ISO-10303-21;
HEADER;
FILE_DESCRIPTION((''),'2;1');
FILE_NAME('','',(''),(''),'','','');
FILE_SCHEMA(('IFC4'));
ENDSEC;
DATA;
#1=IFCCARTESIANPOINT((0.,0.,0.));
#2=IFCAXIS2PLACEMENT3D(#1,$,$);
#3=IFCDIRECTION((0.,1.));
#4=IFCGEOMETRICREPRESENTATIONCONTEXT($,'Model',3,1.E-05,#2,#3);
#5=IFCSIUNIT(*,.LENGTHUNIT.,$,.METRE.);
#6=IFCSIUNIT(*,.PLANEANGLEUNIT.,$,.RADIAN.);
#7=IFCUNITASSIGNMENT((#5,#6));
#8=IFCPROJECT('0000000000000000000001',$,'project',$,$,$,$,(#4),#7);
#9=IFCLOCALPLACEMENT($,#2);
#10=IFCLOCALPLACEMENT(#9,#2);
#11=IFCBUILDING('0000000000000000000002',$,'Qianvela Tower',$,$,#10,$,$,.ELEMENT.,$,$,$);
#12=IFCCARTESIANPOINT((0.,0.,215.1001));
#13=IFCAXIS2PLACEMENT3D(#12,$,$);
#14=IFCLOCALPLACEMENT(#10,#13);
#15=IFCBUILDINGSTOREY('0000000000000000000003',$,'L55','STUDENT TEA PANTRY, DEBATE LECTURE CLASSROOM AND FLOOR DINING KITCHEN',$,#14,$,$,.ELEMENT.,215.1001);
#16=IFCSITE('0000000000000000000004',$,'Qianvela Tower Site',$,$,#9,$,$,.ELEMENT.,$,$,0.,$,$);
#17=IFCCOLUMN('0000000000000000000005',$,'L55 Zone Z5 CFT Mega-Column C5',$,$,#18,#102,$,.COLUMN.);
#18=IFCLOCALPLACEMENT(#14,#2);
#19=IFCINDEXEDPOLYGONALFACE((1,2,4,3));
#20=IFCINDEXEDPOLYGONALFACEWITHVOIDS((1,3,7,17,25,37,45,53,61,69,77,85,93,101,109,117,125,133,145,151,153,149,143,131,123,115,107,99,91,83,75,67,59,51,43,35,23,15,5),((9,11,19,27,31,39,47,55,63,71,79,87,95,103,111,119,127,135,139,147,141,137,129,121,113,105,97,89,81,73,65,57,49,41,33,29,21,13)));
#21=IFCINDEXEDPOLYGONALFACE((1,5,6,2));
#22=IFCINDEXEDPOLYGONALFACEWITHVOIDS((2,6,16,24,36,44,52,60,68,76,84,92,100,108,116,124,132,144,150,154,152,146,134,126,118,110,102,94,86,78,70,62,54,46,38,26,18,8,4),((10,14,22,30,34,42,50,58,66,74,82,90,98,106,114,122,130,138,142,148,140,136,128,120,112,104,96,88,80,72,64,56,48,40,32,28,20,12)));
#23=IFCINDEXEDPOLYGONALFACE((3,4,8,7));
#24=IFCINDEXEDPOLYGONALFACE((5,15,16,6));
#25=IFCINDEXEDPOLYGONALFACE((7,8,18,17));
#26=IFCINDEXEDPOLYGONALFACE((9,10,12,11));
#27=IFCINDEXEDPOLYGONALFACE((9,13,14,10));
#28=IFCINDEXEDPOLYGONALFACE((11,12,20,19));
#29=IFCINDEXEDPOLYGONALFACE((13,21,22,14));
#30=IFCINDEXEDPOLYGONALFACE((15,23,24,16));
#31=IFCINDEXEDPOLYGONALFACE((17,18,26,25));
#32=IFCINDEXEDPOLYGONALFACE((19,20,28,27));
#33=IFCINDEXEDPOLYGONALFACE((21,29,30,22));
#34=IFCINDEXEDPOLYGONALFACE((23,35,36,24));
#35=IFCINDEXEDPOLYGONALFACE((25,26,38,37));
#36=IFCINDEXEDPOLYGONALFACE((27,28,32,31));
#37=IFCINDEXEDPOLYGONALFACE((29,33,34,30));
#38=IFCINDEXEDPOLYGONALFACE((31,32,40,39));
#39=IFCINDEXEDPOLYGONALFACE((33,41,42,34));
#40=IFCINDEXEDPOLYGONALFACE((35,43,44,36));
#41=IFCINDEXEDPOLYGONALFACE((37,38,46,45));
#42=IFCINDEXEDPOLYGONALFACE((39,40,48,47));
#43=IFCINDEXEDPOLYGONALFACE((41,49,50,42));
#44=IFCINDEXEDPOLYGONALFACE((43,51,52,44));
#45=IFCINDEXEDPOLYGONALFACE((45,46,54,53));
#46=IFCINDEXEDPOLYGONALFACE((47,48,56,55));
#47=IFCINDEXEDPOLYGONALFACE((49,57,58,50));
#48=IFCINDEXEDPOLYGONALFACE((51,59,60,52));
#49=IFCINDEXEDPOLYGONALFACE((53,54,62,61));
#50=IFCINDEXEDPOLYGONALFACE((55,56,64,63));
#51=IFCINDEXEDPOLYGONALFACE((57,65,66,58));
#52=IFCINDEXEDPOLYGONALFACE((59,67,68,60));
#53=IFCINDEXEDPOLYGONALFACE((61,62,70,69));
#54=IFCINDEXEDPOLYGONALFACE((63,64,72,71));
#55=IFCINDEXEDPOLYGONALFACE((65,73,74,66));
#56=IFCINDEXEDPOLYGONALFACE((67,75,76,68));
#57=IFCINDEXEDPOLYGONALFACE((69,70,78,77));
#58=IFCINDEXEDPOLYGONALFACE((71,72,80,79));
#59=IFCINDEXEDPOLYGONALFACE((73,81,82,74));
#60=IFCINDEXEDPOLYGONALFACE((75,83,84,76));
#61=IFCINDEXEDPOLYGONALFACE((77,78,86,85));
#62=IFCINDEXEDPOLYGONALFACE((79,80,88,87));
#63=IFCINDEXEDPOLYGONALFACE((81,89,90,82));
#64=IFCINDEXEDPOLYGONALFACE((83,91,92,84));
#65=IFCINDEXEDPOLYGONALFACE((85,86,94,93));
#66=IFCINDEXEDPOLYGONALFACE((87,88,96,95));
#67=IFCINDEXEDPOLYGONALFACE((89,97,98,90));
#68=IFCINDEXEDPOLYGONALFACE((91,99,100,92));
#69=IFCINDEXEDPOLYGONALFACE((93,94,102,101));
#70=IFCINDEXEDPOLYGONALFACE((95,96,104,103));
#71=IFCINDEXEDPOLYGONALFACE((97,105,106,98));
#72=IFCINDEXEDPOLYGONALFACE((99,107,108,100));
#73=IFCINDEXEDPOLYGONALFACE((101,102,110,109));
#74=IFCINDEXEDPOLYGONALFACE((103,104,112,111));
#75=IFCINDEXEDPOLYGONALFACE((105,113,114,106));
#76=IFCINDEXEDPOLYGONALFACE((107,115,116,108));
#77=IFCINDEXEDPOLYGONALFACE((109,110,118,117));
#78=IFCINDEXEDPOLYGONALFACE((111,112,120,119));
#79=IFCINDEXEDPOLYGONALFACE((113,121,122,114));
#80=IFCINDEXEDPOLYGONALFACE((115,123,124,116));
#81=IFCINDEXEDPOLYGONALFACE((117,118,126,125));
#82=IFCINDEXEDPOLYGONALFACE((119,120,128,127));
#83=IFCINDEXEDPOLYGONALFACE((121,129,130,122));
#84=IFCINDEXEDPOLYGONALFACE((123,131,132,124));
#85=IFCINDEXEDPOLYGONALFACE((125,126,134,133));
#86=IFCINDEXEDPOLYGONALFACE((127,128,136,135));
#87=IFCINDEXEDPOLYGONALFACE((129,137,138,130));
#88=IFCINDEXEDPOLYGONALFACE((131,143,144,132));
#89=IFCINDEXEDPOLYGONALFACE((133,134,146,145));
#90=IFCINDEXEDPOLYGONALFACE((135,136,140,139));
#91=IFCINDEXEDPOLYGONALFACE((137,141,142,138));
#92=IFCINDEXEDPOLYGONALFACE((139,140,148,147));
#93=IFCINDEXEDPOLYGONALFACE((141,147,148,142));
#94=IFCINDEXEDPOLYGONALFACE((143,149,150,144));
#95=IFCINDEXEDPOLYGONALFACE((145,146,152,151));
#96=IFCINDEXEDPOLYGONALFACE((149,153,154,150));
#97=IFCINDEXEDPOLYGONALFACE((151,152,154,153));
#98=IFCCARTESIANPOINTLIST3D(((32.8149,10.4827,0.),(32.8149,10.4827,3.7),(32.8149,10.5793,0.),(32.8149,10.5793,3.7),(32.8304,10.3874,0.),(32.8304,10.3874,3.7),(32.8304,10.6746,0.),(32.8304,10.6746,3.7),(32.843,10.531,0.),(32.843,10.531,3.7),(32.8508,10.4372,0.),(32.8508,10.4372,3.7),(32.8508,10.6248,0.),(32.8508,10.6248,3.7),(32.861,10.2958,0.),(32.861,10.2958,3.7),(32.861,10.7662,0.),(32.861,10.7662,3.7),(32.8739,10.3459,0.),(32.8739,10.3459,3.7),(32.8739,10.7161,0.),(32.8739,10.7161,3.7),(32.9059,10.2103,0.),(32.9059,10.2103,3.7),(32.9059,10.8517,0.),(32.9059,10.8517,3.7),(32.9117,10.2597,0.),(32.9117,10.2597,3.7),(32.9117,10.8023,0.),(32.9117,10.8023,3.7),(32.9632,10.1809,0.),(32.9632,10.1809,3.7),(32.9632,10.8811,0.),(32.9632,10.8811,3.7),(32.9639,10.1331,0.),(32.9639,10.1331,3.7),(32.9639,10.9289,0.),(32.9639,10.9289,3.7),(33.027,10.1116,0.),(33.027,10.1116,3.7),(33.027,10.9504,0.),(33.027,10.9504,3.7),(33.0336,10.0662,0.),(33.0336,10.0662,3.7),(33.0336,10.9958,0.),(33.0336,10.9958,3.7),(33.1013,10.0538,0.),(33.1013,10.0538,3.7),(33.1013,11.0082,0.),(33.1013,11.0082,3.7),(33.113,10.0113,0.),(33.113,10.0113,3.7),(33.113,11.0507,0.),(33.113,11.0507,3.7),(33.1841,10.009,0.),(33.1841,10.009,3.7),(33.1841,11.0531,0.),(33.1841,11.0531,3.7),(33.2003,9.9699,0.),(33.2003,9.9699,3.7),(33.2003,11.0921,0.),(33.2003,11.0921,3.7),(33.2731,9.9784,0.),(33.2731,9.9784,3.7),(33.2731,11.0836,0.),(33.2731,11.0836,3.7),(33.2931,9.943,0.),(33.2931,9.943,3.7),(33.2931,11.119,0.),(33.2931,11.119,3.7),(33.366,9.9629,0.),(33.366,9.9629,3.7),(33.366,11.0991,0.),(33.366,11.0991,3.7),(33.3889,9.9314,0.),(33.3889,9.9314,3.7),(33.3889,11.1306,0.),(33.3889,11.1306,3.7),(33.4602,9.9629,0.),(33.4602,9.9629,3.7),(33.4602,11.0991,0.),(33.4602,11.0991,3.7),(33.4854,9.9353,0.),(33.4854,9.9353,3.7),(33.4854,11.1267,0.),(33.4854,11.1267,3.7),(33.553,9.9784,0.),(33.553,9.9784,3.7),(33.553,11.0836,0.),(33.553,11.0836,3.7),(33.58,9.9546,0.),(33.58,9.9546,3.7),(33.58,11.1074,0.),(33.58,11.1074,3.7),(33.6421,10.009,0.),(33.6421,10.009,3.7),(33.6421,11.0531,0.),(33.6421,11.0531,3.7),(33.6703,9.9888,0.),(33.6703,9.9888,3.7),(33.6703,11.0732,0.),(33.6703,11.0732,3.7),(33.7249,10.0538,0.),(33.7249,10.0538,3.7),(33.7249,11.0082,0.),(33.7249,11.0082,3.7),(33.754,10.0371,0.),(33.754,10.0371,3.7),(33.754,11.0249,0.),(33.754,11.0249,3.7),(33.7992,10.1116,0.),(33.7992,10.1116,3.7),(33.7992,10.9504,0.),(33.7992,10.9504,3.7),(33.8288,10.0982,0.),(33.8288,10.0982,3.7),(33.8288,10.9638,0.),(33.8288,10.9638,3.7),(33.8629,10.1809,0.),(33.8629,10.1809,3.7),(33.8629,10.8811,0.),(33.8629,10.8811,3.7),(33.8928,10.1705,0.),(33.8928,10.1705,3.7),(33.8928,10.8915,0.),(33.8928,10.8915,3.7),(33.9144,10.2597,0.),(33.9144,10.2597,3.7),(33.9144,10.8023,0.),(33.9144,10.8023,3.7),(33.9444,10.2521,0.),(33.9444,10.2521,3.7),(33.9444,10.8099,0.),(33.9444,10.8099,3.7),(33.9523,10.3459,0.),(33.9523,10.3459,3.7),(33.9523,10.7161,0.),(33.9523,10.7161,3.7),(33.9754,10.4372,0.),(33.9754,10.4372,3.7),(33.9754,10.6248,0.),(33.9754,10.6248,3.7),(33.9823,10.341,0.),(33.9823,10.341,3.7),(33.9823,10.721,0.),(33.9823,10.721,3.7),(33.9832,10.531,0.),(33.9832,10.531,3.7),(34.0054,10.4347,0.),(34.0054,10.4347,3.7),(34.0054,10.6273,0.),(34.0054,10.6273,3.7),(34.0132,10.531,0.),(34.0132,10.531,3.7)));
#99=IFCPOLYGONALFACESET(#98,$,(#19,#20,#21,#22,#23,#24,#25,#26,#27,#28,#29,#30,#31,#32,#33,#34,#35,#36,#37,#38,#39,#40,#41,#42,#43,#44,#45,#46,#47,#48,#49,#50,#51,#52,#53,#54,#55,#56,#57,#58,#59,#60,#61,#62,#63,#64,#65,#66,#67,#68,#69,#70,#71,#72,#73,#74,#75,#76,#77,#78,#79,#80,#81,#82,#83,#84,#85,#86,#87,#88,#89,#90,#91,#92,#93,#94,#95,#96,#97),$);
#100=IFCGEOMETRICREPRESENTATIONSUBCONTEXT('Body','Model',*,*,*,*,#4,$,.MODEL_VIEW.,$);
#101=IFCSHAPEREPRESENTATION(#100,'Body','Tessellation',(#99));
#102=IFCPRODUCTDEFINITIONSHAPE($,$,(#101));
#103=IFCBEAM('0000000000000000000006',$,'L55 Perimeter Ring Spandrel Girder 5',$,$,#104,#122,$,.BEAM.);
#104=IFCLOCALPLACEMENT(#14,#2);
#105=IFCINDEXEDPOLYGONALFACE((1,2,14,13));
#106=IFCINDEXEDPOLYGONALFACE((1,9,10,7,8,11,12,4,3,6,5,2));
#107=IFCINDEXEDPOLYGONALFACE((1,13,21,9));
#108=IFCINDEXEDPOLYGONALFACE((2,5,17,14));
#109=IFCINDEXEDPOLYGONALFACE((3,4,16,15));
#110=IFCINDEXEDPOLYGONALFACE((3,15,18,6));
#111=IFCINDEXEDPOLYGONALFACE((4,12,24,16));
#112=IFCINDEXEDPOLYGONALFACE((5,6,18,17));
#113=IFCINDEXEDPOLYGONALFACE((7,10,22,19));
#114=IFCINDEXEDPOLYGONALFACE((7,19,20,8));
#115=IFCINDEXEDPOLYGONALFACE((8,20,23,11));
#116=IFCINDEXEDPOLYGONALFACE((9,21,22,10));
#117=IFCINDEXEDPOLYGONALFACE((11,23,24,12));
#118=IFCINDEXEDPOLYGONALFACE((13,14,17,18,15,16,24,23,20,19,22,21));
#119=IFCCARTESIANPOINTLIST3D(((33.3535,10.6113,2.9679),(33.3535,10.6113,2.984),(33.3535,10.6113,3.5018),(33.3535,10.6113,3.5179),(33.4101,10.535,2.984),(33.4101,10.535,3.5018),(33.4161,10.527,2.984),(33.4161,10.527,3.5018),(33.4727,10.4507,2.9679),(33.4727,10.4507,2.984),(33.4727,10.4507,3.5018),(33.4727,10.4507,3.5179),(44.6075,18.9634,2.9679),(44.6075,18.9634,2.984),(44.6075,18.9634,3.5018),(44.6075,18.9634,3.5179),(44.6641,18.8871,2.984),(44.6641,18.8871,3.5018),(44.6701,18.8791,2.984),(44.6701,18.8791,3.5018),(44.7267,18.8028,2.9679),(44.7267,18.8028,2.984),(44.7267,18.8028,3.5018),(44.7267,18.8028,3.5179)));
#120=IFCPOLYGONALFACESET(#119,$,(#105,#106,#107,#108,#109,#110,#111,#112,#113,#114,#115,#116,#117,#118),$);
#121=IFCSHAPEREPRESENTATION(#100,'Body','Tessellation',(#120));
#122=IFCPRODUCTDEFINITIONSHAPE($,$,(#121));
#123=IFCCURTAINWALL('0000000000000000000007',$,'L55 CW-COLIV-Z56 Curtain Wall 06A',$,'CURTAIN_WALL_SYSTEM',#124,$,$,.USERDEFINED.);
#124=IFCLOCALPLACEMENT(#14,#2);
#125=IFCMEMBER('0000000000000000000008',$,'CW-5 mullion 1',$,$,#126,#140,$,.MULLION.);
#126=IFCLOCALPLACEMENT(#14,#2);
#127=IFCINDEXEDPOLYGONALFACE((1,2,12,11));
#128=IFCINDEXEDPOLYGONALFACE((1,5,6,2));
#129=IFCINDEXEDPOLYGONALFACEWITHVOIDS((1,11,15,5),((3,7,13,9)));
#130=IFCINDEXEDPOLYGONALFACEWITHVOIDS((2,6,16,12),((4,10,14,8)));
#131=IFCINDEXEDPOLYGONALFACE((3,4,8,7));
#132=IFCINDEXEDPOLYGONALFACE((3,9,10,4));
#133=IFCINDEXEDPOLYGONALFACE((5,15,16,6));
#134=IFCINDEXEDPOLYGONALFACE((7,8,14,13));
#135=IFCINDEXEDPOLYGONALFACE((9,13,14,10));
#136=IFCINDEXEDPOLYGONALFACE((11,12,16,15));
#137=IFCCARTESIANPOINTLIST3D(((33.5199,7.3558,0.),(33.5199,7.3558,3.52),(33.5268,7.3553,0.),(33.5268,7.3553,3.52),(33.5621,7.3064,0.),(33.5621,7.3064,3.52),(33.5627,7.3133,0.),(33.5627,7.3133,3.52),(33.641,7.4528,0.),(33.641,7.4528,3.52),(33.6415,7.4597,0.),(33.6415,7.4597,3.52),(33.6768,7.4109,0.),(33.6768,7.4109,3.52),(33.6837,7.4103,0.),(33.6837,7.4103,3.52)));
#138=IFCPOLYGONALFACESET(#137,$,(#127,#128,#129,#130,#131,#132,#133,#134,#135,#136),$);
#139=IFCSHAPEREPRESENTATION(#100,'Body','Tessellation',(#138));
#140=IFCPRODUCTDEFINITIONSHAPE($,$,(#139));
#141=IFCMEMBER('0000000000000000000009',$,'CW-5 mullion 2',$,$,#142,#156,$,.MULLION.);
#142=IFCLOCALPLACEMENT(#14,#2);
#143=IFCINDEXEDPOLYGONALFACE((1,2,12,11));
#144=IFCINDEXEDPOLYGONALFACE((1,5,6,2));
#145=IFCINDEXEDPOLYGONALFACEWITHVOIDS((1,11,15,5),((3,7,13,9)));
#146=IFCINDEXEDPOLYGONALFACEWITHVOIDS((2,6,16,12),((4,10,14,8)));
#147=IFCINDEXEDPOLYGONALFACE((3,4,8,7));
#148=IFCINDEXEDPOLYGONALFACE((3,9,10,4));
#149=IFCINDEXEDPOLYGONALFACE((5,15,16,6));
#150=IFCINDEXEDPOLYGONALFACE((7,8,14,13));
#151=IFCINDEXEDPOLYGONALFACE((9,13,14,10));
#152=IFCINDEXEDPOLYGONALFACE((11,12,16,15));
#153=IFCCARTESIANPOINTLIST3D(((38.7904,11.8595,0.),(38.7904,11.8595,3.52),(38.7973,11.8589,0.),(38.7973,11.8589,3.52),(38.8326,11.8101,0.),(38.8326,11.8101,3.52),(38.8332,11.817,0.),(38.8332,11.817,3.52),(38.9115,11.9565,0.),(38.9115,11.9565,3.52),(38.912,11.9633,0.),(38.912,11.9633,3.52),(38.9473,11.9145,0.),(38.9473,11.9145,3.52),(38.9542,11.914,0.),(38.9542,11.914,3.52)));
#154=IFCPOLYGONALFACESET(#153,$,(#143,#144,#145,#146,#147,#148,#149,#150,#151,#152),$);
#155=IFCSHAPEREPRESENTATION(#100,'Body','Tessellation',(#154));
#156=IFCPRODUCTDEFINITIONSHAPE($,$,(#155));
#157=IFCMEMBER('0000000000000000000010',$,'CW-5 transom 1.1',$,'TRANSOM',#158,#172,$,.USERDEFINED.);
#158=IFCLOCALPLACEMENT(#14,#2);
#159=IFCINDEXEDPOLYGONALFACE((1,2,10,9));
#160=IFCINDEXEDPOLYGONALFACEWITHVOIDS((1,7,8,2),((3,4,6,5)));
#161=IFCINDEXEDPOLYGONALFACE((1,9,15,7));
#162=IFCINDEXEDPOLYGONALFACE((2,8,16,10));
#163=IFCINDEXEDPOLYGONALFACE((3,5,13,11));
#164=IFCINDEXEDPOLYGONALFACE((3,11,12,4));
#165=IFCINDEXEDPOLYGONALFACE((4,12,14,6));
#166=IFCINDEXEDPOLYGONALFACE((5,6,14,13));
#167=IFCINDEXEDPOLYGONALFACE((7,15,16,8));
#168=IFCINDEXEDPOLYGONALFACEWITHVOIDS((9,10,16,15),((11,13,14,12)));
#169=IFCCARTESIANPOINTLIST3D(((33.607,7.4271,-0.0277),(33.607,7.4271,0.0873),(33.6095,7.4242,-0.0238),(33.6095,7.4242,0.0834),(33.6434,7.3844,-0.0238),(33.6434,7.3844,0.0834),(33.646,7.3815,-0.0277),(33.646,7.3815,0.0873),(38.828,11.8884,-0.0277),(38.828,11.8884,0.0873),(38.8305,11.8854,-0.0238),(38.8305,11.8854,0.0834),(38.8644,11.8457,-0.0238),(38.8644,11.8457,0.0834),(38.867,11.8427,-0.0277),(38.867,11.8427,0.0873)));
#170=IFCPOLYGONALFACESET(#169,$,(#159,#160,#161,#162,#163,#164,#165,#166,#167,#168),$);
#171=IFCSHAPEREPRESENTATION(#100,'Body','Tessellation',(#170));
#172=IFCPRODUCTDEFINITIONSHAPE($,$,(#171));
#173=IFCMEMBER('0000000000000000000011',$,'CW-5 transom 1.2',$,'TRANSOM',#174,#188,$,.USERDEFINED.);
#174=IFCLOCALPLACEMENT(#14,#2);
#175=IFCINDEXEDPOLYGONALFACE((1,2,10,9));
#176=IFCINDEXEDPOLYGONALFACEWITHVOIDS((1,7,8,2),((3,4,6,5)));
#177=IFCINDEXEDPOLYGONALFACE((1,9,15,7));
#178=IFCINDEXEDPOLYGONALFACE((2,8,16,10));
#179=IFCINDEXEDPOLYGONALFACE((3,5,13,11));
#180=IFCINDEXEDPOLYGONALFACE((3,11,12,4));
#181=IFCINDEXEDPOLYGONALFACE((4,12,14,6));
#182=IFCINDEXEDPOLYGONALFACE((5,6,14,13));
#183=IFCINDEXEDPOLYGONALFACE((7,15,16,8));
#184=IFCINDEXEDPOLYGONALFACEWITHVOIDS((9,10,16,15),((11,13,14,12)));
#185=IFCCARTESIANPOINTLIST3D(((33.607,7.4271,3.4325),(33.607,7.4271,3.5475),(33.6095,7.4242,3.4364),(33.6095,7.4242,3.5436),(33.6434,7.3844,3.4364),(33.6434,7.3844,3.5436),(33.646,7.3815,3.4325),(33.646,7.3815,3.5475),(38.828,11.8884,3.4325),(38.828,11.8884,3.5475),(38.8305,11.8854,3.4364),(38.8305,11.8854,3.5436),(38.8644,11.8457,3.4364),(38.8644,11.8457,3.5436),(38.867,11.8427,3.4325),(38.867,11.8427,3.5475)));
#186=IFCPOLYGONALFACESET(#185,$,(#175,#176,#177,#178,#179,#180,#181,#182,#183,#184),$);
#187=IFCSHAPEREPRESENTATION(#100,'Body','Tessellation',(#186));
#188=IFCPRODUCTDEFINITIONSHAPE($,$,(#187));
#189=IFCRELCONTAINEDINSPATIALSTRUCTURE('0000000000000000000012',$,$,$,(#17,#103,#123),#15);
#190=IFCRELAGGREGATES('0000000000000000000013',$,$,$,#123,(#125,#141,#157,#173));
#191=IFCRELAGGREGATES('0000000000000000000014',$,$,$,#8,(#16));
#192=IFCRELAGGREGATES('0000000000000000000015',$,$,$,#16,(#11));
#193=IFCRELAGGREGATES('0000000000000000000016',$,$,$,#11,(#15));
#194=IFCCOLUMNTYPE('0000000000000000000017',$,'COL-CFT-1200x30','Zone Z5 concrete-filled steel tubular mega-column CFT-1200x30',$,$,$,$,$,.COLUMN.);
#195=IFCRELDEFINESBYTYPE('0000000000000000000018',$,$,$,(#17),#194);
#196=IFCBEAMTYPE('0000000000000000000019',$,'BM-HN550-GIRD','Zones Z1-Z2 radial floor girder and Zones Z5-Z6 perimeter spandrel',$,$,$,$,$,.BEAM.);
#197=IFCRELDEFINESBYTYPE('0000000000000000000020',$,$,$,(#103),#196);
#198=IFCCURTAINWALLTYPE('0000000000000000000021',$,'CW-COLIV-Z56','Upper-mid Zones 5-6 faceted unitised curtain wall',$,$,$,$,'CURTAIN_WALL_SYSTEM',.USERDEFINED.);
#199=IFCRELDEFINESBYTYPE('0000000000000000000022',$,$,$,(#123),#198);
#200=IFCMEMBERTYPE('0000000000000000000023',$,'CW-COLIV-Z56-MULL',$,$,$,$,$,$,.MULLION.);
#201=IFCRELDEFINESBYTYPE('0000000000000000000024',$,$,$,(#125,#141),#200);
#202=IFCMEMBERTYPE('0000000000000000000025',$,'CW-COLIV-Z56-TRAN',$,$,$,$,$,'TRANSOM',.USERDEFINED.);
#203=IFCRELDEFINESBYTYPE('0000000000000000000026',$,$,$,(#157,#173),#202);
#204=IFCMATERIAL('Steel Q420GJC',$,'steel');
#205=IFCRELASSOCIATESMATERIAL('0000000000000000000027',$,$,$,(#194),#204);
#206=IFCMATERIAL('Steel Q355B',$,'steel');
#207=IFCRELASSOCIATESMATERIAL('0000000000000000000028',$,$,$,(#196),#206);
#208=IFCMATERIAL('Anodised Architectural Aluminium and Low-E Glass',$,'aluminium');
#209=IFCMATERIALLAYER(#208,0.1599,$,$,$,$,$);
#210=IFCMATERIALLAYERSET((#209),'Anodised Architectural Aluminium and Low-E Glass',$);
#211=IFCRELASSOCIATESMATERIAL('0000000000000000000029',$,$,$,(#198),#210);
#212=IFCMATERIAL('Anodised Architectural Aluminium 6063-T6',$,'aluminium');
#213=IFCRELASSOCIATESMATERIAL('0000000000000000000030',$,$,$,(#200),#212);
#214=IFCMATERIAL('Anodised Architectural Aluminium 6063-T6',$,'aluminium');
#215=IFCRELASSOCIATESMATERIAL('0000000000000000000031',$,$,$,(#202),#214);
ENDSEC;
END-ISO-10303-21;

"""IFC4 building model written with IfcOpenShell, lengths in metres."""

from ifc_helpers import new_model, si_unit, direction, frame, origin, origin_2d, place, context, subcontext, project, spatial, hollow_rectangle, hollow_circle, i_section, extrude, material, layer, layer_set, material_profile, profile_set, type_object, element, aggregate, save


model = new_model("IFC4")

# Units and contexts
model_context = context("Model", 3, precision=1e-05, world=origin(), true_north=direction((0.0, 1.0)))
body_context = subcontext(model_context, "Body", "Model", "MODEL_VIEW")
ifc_project = project(units=[si_unit("LENGTHUNIT", "METRE"), si_unit("PLANEANGLEUNIT", "RADIAN")], contexts=[model_context])

# Site, building, storey
site_placement = place(None, origin())
site = spatial("IfcSite", under=ifc_project, at=site_placement, Name="Qianvela Tower Site", CompositionType="ELEMENT", RefElevation=0.0)
building_placement = place(site_placement, origin())
building = spatial("IfcBuilding", under=site, at=building_placement, Name="Qianvela Tower", CompositionType="ELEMENT")
storey_placement = place(building_placement, frame((0.0, 0.0, 215.1001)))
storey = spatial("IfcBuildingStorey", under=building, at=storey_placement, Name="L55", Description="STUDENT TEA PANTRY, DEBATE LECTURE CLASSROOM AND FLOOR DINING KITCHEN", CompositionType="ELEMENT", Elevation=215.1001)

# Column
ifc_material_1 = material(Name="Steel Q420GJC", Category="steel")
ifc_material_profile_1 = material_profile(ifc_material_1, hollow_circle(Radius=0.6001, WallThickness=0.03, at=origin_2d()), Name="CFT-1200x30")
ifc_profile_set_1 = profile_set([ifc_material_profile_1], Name="Steel Q420GJC")
column_type = type_object("IfcColumnType", Name="COL-CFT-1200x30", Description="Zone Z5 concrete-filled steel tubular mega-column CFT-1200x30", PredefinedType="COLUMN", material=ifc_profile_set_1)
column_placement = place(storey_placement, frame((33.4131, 10.531, 0.0), z_axis=(0.0, 0.0, 1.0), x_axis=(1.0, 0.0, 0.0)))
element("IfcColumn", 1, at=column_placement, inside=storey, type_object=column_type, Name="L55 Zone Z5 CFT Mega-Column C5", PredefinedType="COLUMN", context=body_context, shape_type="SweptSolid", body=[
    extrude(hollow_circle(Radius=0.6001, WallThickness=0.03, at=origin_2d()), origin(), (0.0, 0.0, 1.0), 3.7),
])

# Beam
ifc_material_2 = material(Name="Steel Q355B", Category="steel")
ifc_material_profile_2 = material_profile(ifc_material_2, i_section(OverallWidth=0.2, OverallDepth=0.55, WebThickness=0.01, FlangeThickness=0.0161, at=origin_2d()), Name="HN550x200x10x16")
ifc_profile_set_2 = profile_set([ifc_material_profile_2], Name="Steel Q355B")
beam_type = type_object("IfcBeamType", Name="BM-HN550-GIRD", Description="Zones Z1-Z2 radial floor girder and Zones Z5-Z6 perimeter spandrel", PredefinedType="BEAM", material=ifc_profile_set_2)
beam_placement = place(storey_placement, frame((33.4131, 10.531, 3.2429), z_axis=(0.803017, 0.595956, 0.0), x_axis=(-0.595956, 0.803017, 0.0)))
element("IfcBeam", 2, at=beam_placement, inside=storey, type_object=beam_type, Name="L55 Perimeter Ring Spandrel Girder 5", PredefinedType="BEAM", context=body_context, shape_type="SweptSolid", body=[
    extrude(i_section(OverallWidth=0.2, OverallDepth=0.55, WebThickness=0.01, FlangeThickness=0.0161, at=origin_2d()), origin(), (0.0, 0.0, 1.0), 14.0146),
])

# Curtain wall, members
ifc_material_3 = material(Name="Anodised Architectural Aluminium and Low-E Glass", Category="aluminium")
ifc_layer_1 = layer(ifc_material_3, 0.1599)
ifc_layer_set_1 = layer_set([ifc_layer_1], Name="Anodised Architectural Aluminium and Low-E Glass")
curtain_wall_type = type_object("IfcCurtainWallType", Name="CW-COLIV-Z56", Description="Upper-mid Zones 5-6 faceted unitised curtain wall", ElementType="CURTAIN_WALL_SYSTEM", PredefinedType="USERDEFINED", material=ifc_layer_set_1)
curtain_wall_placement = place(storey_placement, origin())
curtain_wall = element("IfcCurtainWall", 3, at=curtain_wall_placement, inside=storey, type_object=curtain_wall_type, Name="L55 CW-COLIV-Z56 Curtain Wall 06A", ObjectType="CURTAIN_WALL_SYSTEM", PredefinedType="USERDEFINED")
ifc_material_4 = material(Name="Anodised Architectural Aluminium 6063-T6", Category="aluminium")
ifc_material_profile_3 = material_profile(ifc_material_4, hollow_rectangle(XDim=0.0649, YDim=0.1599, WallThickness=0.0049, at=origin_2d()), Name="ALU-MULL-65x160")
ifc_profile_set_3 = profile_set([ifc_material_profile_3], Name="Anodised Architectural Aluminium 6063-T6")
member_type_1 = type_object("IfcMemberType", Name="CW-COLIV-Z56-MULL", PredefinedType="MULLION", material=ifc_profile_set_3)
member_1_placement = place(storey_placement, frame((33.6018, 7.3831, 0.0), z_axis=(0.0, 0.0, 1.0), x_axis=(-0.64962, 0.760259, 0.0)))
member_1 = element("IfcMember", 4, at=member_1_placement, type_object=member_type_1, Name="CW-5 mullion 1", PredefinedType="MULLION", context=body_context, shape_type="SweptSolid", body=[
    extrude(hollow_rectangle(XDim=0.0649, YDim=0.1599, WallThickness=0.0049, at=origin_2d()), origin(), (0.0, 0.0, 1.0), 3.52),
])
member_2_placement = place(storey_placement, frame((38.8723, 11.8867, 0.0), z_axis=(0.0, 0.0, 1.0), x_axis=(-0.64962, 0.760259, 0.0)))
member_2 = element("IfcMember", 5, at=member_2_placement, type_object=member_type_1, Name="CW-5 mullion 2", PredefinedType="MULLION", context=body_context, shape_type="SweptSolid", body=[
    extrude(hollow_rectangle(XDim=0.0649, YDim=0.1599, WallThickness=0.0049, at=origin_2d()), origin(), (0.0, 0.0, 1.0), 3.52),
])
ifc_material_5 = material(Name="Anodised Architectural Aluminium 6063-T6", Category="aluminium")
ifc_material_profile_4 = material_profile(ifc_material_5, hollow_rectangle(XDim=0.0601, YDim=0.115, WallThickness=0.0039, at=origin_2d()), Name="ALU-TRAN-60x115")
ifc_profile_set_4 = profile_set([ifc_material_profile_4], Name="Anodised Architectural Aluminium 6063-T6")
member_type_2 = type_object("IfcMemberType", Name="CW-COLIV-Z56-TRAN", ElementType="TRANSOM", PredefinedType="USERDEFINED", material=ifc_profile_set_4)
member_3_placement = place(storey_placement, frame((33.6265, 7.4043, 0.0298), z_axis=(0.760257, 0.649622, 0.0), x_axis=(-0.649622, 0.760257, 0.0)))
member_3 = element("IfcMember", 6, at=member_3_placement, type_object=member_type_2, Name="CW-5 transom 1.1", ObjectType="TRANSOM", PredefinedType="USERDEFINED", context=body_context, shape_type="SweptSolid", body=[
    extrude(hollow_rectangle(XDim=0.0601, YDim=0.115, WallThickness=0.0039, at=origin_2d()), origin(), (0.0, 0.0, 1.0), 6.8674),
])
member_4_placement = place(storey_placement, frame((33.6265, 7.4043, 3.49), z_axis=(0.760257, 0.649622, 0.0), x_axis=(-0.649622, 0.760257, 0.0)))
member_4 = element("IfcMember", 7, at=member_4_placement, type_object=member_type_2, Name="CW-5 transom 1.2", ObjectType="TRANSOM", PredefinedType="USERDEFINED", context=body_context, shape_type="SweptSolid", body=[
    extrude(hollow_rectangle(XDim=0.0601, YDim=0.115, WallThickness=0.0039, at=origin_2d()), origin(), (0.0, 0.0, 1.0), 6.8674),
])
aggregate(curtain_wall, [member_1, member_2, member_3, member_4])

save(model, "model.ifc")
